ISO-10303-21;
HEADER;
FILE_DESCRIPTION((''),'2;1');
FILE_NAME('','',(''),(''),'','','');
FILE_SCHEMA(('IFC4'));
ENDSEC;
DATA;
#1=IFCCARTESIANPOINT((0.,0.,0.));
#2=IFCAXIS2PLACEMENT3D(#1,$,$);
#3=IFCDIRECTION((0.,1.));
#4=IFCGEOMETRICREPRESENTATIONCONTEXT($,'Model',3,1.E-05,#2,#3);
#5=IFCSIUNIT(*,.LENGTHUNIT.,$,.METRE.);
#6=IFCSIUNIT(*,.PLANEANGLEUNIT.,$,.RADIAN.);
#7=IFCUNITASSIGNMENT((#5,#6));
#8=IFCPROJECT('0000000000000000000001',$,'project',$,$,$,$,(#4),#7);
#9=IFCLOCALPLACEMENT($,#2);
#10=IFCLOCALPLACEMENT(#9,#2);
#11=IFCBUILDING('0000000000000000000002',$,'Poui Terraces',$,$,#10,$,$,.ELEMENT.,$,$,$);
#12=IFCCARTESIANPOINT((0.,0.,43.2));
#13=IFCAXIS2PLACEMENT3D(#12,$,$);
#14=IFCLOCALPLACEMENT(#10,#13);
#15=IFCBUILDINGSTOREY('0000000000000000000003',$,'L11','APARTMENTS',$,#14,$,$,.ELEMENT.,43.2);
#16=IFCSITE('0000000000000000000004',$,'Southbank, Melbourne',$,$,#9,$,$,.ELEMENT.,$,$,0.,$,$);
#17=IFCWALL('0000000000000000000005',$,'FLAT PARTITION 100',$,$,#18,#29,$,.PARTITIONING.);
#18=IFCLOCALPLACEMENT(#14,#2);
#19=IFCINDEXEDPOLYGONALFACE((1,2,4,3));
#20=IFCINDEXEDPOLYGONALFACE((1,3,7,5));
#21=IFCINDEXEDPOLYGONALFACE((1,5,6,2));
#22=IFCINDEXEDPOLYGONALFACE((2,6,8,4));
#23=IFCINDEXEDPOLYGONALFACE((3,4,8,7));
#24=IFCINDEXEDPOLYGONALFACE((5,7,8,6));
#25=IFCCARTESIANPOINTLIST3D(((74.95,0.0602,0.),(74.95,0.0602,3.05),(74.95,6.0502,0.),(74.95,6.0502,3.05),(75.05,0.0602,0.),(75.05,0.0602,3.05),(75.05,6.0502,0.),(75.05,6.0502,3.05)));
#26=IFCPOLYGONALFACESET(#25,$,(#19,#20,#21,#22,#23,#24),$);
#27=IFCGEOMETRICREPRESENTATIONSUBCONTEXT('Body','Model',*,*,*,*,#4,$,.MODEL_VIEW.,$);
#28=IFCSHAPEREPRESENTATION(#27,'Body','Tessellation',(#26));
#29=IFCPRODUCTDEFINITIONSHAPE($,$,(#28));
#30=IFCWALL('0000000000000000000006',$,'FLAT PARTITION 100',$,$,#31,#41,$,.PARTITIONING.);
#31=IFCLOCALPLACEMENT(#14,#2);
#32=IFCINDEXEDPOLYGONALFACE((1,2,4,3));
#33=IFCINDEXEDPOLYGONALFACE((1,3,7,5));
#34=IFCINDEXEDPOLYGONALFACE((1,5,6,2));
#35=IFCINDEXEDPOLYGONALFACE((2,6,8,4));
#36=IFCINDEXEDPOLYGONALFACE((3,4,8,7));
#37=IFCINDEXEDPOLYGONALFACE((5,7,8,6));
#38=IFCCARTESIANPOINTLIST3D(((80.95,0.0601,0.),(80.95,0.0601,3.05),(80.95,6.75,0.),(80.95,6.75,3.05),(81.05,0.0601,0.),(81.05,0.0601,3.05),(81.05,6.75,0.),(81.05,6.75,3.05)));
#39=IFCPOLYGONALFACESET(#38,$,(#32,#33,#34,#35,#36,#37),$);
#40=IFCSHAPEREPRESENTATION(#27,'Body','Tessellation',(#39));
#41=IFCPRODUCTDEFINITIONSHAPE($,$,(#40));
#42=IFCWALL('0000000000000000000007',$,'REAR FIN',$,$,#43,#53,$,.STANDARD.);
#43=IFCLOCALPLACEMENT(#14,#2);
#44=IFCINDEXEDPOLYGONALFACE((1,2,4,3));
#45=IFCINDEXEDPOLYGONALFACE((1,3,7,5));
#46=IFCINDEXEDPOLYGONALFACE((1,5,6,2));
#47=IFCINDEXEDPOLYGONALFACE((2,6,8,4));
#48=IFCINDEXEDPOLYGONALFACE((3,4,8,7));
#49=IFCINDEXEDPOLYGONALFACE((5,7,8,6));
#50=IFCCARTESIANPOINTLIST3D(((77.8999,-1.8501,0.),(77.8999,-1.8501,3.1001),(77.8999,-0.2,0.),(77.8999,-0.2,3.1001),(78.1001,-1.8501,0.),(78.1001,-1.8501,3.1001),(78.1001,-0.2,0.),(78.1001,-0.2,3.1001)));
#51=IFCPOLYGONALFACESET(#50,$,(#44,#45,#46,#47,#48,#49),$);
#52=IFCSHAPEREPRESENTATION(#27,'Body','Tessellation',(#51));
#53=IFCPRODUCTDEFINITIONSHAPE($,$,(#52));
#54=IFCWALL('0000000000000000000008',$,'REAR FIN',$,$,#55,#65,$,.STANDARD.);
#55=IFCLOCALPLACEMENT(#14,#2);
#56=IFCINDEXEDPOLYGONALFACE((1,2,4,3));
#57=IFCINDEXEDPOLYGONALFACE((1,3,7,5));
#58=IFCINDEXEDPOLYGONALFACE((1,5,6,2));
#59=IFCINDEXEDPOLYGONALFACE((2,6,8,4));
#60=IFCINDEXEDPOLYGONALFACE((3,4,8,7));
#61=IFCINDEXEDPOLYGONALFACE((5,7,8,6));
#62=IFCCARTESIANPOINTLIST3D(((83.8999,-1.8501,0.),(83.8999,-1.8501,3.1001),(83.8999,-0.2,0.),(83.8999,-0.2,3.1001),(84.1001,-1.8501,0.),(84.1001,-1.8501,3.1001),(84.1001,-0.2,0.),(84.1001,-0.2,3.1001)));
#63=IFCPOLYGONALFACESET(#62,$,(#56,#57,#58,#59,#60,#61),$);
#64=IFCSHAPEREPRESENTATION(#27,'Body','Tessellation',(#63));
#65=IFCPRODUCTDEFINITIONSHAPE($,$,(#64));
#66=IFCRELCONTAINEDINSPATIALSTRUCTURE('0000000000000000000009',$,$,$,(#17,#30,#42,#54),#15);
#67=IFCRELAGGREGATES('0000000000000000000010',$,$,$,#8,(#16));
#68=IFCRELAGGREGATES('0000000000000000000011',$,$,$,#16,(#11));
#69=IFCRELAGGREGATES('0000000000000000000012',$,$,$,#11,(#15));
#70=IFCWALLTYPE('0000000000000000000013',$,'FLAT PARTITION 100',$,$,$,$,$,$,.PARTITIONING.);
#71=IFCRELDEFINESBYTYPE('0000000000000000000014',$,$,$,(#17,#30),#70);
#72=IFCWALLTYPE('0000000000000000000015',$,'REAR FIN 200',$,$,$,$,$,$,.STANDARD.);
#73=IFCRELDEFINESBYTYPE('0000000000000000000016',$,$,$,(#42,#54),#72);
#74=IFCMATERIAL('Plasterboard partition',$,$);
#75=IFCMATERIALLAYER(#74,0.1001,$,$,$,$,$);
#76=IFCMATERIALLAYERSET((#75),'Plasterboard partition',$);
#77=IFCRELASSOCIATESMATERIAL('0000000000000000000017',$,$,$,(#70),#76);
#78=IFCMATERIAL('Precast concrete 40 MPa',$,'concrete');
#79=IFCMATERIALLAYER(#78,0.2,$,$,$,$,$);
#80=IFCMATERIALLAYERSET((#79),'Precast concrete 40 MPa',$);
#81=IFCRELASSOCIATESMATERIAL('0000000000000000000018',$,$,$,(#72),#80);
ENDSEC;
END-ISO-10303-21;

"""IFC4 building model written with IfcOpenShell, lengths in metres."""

from ifc_helpers import new_model, si_unit, direction, frame, frame_2d, origin, place, context, subcontext, project, spatial, polyline, rectangle, outline, extrude, source, transform, mapped, material, layer, layer_set, type_object, element, save


model = new_model("IFC4")

# Units and contexts
model_context = context("Model", 3, precision=1e-05, world=origin(), true_north=direction((0.0, 1.0)))
body_context = subcontext(model_context, "Body", "Model", "MODEL_VIEW")
ifc_project = project(units=[si_unit("LENGTHUNIT", "METRE"), si_unit("PLANEANGLEUNIT", "RADIAN")], contexts=[model_context])

# Site, building, storey
site_placement = place(None, origin())
site = spatial("IfcSite", under=ifc_project, at=site_placement, Name="Southbank, Melbourne", CompositionType="ELEMENT", RefElevation=0.0)
building_placement = place(site_placement, origin())
building = spatial("IfcBuilding", under=site, at=building_placement, Name="Poui Terraces", CompositionType="ELEMENT")
storey_placement = place(building_placement, frame((0.0, 0.0, 43.2)))
storey = spatial("IfcBuildingStorey", under=building, at=storey_placement, Name="L11", Description="APARTMENTS", CompositionType="ELEMENT", Elevation=43.2)

# Shared definitions
ifc_material_1 = material(Name="Precast concrete 40 MPa", Category="concrete")

# Shared definitions
ifc_material_2 = material(Name="Plasterboard partition")
ifc_layer_1 = layer(ifc_material_2, 0.1001)
ifc_layer_set_1 = layer_set([ifc_layer_1], Name="Plasterboard partition")
wall_type_1 = type_object("IfcWallType", Name="FLAT PARTITION 100", PredefinedType="PARTITIONING", material=ifc_layer_set_1)

# Walls
wall_1_placement = place(storey_placement, frame((75.0, 0.0601, 0.0), z_axis=(0.0, 0.0, 1.0), x_axis=(0.0, 1.0, 0.0)))
element("IfcWall", 1, at=wall_1_placement, inside=storey, type_object=wall_type_1, Name="FLAT PARTITION 100", PredefinedType="PARTITIONING", context=body_context, shape_type="SweptSolid", body=[
    extrude(rectangle(XDim=5.99, YDim=0.1001, at=frame_2d((2.9951, 0.0))), origin(), (0.0, 0.0, 1.0), 3.05),
])
wall_2_placement = place(storey_placement, frame((81.0, 0.0601, 0.0), z_axis=(0.0, 0.0, 1.0), x_axis=(0.0, 1.0, 0.0)))
element("IfcWall", 2, at=wall_2_placement, inside=storey, type_object=wall_type_1, Name="FLAT PARTITION 100", PredefinedType="PARTITIONING", context=body_context, shape_type="SweptSolid", body=[
    extrude(rectangle(XDim=6.6899, YDim=0.1001, at=frame_2d((3.345, 0.0))), origin(), (0.0, 0.0, 1.0), 3.05),
])
ifc_layer_2 = layer(ifc_material_1, 0.2)
ifc_layer_set_2 = layer_set([ifc_layer_2], Name="Precast concrete 40 MPa")
wall_type_2 = type_object("IfcWallType", Name="REAR FIN 200", PredefinedType="STANDARD", material=ifc_layer_set_2)
shared_shape_1 = source(origin(), body_context, "Body", "SweptSolid", [
    extrude(outline(polyline([(0.0, 0.0), (0.2002, 0.0), (0.2002, 1.6501), (0.0, 1.6501), (0.0, 0.0)])), origin(), (0.0, 0.0, 1.0), 3.1001),
])
for number, where, name in (
    (3, (77.8999, -1.8501, 0.0), "REAR FIN"),
    (4, (83.8999, -1.8501, 0.0), "REAR FIN"),
):
    element("IfcWall", number, at=place(storey_placement, frame(where)), inside=storey, type_object=wall_type_2, Name=name, PredefinedType="STANDARD", context=body_context, shape_type="MappedRepresentation", body=[
        mapped(shared_shape_1, transform((0.0, 0.0, 0.0))),
    ])

save(model, "model.ifc")
